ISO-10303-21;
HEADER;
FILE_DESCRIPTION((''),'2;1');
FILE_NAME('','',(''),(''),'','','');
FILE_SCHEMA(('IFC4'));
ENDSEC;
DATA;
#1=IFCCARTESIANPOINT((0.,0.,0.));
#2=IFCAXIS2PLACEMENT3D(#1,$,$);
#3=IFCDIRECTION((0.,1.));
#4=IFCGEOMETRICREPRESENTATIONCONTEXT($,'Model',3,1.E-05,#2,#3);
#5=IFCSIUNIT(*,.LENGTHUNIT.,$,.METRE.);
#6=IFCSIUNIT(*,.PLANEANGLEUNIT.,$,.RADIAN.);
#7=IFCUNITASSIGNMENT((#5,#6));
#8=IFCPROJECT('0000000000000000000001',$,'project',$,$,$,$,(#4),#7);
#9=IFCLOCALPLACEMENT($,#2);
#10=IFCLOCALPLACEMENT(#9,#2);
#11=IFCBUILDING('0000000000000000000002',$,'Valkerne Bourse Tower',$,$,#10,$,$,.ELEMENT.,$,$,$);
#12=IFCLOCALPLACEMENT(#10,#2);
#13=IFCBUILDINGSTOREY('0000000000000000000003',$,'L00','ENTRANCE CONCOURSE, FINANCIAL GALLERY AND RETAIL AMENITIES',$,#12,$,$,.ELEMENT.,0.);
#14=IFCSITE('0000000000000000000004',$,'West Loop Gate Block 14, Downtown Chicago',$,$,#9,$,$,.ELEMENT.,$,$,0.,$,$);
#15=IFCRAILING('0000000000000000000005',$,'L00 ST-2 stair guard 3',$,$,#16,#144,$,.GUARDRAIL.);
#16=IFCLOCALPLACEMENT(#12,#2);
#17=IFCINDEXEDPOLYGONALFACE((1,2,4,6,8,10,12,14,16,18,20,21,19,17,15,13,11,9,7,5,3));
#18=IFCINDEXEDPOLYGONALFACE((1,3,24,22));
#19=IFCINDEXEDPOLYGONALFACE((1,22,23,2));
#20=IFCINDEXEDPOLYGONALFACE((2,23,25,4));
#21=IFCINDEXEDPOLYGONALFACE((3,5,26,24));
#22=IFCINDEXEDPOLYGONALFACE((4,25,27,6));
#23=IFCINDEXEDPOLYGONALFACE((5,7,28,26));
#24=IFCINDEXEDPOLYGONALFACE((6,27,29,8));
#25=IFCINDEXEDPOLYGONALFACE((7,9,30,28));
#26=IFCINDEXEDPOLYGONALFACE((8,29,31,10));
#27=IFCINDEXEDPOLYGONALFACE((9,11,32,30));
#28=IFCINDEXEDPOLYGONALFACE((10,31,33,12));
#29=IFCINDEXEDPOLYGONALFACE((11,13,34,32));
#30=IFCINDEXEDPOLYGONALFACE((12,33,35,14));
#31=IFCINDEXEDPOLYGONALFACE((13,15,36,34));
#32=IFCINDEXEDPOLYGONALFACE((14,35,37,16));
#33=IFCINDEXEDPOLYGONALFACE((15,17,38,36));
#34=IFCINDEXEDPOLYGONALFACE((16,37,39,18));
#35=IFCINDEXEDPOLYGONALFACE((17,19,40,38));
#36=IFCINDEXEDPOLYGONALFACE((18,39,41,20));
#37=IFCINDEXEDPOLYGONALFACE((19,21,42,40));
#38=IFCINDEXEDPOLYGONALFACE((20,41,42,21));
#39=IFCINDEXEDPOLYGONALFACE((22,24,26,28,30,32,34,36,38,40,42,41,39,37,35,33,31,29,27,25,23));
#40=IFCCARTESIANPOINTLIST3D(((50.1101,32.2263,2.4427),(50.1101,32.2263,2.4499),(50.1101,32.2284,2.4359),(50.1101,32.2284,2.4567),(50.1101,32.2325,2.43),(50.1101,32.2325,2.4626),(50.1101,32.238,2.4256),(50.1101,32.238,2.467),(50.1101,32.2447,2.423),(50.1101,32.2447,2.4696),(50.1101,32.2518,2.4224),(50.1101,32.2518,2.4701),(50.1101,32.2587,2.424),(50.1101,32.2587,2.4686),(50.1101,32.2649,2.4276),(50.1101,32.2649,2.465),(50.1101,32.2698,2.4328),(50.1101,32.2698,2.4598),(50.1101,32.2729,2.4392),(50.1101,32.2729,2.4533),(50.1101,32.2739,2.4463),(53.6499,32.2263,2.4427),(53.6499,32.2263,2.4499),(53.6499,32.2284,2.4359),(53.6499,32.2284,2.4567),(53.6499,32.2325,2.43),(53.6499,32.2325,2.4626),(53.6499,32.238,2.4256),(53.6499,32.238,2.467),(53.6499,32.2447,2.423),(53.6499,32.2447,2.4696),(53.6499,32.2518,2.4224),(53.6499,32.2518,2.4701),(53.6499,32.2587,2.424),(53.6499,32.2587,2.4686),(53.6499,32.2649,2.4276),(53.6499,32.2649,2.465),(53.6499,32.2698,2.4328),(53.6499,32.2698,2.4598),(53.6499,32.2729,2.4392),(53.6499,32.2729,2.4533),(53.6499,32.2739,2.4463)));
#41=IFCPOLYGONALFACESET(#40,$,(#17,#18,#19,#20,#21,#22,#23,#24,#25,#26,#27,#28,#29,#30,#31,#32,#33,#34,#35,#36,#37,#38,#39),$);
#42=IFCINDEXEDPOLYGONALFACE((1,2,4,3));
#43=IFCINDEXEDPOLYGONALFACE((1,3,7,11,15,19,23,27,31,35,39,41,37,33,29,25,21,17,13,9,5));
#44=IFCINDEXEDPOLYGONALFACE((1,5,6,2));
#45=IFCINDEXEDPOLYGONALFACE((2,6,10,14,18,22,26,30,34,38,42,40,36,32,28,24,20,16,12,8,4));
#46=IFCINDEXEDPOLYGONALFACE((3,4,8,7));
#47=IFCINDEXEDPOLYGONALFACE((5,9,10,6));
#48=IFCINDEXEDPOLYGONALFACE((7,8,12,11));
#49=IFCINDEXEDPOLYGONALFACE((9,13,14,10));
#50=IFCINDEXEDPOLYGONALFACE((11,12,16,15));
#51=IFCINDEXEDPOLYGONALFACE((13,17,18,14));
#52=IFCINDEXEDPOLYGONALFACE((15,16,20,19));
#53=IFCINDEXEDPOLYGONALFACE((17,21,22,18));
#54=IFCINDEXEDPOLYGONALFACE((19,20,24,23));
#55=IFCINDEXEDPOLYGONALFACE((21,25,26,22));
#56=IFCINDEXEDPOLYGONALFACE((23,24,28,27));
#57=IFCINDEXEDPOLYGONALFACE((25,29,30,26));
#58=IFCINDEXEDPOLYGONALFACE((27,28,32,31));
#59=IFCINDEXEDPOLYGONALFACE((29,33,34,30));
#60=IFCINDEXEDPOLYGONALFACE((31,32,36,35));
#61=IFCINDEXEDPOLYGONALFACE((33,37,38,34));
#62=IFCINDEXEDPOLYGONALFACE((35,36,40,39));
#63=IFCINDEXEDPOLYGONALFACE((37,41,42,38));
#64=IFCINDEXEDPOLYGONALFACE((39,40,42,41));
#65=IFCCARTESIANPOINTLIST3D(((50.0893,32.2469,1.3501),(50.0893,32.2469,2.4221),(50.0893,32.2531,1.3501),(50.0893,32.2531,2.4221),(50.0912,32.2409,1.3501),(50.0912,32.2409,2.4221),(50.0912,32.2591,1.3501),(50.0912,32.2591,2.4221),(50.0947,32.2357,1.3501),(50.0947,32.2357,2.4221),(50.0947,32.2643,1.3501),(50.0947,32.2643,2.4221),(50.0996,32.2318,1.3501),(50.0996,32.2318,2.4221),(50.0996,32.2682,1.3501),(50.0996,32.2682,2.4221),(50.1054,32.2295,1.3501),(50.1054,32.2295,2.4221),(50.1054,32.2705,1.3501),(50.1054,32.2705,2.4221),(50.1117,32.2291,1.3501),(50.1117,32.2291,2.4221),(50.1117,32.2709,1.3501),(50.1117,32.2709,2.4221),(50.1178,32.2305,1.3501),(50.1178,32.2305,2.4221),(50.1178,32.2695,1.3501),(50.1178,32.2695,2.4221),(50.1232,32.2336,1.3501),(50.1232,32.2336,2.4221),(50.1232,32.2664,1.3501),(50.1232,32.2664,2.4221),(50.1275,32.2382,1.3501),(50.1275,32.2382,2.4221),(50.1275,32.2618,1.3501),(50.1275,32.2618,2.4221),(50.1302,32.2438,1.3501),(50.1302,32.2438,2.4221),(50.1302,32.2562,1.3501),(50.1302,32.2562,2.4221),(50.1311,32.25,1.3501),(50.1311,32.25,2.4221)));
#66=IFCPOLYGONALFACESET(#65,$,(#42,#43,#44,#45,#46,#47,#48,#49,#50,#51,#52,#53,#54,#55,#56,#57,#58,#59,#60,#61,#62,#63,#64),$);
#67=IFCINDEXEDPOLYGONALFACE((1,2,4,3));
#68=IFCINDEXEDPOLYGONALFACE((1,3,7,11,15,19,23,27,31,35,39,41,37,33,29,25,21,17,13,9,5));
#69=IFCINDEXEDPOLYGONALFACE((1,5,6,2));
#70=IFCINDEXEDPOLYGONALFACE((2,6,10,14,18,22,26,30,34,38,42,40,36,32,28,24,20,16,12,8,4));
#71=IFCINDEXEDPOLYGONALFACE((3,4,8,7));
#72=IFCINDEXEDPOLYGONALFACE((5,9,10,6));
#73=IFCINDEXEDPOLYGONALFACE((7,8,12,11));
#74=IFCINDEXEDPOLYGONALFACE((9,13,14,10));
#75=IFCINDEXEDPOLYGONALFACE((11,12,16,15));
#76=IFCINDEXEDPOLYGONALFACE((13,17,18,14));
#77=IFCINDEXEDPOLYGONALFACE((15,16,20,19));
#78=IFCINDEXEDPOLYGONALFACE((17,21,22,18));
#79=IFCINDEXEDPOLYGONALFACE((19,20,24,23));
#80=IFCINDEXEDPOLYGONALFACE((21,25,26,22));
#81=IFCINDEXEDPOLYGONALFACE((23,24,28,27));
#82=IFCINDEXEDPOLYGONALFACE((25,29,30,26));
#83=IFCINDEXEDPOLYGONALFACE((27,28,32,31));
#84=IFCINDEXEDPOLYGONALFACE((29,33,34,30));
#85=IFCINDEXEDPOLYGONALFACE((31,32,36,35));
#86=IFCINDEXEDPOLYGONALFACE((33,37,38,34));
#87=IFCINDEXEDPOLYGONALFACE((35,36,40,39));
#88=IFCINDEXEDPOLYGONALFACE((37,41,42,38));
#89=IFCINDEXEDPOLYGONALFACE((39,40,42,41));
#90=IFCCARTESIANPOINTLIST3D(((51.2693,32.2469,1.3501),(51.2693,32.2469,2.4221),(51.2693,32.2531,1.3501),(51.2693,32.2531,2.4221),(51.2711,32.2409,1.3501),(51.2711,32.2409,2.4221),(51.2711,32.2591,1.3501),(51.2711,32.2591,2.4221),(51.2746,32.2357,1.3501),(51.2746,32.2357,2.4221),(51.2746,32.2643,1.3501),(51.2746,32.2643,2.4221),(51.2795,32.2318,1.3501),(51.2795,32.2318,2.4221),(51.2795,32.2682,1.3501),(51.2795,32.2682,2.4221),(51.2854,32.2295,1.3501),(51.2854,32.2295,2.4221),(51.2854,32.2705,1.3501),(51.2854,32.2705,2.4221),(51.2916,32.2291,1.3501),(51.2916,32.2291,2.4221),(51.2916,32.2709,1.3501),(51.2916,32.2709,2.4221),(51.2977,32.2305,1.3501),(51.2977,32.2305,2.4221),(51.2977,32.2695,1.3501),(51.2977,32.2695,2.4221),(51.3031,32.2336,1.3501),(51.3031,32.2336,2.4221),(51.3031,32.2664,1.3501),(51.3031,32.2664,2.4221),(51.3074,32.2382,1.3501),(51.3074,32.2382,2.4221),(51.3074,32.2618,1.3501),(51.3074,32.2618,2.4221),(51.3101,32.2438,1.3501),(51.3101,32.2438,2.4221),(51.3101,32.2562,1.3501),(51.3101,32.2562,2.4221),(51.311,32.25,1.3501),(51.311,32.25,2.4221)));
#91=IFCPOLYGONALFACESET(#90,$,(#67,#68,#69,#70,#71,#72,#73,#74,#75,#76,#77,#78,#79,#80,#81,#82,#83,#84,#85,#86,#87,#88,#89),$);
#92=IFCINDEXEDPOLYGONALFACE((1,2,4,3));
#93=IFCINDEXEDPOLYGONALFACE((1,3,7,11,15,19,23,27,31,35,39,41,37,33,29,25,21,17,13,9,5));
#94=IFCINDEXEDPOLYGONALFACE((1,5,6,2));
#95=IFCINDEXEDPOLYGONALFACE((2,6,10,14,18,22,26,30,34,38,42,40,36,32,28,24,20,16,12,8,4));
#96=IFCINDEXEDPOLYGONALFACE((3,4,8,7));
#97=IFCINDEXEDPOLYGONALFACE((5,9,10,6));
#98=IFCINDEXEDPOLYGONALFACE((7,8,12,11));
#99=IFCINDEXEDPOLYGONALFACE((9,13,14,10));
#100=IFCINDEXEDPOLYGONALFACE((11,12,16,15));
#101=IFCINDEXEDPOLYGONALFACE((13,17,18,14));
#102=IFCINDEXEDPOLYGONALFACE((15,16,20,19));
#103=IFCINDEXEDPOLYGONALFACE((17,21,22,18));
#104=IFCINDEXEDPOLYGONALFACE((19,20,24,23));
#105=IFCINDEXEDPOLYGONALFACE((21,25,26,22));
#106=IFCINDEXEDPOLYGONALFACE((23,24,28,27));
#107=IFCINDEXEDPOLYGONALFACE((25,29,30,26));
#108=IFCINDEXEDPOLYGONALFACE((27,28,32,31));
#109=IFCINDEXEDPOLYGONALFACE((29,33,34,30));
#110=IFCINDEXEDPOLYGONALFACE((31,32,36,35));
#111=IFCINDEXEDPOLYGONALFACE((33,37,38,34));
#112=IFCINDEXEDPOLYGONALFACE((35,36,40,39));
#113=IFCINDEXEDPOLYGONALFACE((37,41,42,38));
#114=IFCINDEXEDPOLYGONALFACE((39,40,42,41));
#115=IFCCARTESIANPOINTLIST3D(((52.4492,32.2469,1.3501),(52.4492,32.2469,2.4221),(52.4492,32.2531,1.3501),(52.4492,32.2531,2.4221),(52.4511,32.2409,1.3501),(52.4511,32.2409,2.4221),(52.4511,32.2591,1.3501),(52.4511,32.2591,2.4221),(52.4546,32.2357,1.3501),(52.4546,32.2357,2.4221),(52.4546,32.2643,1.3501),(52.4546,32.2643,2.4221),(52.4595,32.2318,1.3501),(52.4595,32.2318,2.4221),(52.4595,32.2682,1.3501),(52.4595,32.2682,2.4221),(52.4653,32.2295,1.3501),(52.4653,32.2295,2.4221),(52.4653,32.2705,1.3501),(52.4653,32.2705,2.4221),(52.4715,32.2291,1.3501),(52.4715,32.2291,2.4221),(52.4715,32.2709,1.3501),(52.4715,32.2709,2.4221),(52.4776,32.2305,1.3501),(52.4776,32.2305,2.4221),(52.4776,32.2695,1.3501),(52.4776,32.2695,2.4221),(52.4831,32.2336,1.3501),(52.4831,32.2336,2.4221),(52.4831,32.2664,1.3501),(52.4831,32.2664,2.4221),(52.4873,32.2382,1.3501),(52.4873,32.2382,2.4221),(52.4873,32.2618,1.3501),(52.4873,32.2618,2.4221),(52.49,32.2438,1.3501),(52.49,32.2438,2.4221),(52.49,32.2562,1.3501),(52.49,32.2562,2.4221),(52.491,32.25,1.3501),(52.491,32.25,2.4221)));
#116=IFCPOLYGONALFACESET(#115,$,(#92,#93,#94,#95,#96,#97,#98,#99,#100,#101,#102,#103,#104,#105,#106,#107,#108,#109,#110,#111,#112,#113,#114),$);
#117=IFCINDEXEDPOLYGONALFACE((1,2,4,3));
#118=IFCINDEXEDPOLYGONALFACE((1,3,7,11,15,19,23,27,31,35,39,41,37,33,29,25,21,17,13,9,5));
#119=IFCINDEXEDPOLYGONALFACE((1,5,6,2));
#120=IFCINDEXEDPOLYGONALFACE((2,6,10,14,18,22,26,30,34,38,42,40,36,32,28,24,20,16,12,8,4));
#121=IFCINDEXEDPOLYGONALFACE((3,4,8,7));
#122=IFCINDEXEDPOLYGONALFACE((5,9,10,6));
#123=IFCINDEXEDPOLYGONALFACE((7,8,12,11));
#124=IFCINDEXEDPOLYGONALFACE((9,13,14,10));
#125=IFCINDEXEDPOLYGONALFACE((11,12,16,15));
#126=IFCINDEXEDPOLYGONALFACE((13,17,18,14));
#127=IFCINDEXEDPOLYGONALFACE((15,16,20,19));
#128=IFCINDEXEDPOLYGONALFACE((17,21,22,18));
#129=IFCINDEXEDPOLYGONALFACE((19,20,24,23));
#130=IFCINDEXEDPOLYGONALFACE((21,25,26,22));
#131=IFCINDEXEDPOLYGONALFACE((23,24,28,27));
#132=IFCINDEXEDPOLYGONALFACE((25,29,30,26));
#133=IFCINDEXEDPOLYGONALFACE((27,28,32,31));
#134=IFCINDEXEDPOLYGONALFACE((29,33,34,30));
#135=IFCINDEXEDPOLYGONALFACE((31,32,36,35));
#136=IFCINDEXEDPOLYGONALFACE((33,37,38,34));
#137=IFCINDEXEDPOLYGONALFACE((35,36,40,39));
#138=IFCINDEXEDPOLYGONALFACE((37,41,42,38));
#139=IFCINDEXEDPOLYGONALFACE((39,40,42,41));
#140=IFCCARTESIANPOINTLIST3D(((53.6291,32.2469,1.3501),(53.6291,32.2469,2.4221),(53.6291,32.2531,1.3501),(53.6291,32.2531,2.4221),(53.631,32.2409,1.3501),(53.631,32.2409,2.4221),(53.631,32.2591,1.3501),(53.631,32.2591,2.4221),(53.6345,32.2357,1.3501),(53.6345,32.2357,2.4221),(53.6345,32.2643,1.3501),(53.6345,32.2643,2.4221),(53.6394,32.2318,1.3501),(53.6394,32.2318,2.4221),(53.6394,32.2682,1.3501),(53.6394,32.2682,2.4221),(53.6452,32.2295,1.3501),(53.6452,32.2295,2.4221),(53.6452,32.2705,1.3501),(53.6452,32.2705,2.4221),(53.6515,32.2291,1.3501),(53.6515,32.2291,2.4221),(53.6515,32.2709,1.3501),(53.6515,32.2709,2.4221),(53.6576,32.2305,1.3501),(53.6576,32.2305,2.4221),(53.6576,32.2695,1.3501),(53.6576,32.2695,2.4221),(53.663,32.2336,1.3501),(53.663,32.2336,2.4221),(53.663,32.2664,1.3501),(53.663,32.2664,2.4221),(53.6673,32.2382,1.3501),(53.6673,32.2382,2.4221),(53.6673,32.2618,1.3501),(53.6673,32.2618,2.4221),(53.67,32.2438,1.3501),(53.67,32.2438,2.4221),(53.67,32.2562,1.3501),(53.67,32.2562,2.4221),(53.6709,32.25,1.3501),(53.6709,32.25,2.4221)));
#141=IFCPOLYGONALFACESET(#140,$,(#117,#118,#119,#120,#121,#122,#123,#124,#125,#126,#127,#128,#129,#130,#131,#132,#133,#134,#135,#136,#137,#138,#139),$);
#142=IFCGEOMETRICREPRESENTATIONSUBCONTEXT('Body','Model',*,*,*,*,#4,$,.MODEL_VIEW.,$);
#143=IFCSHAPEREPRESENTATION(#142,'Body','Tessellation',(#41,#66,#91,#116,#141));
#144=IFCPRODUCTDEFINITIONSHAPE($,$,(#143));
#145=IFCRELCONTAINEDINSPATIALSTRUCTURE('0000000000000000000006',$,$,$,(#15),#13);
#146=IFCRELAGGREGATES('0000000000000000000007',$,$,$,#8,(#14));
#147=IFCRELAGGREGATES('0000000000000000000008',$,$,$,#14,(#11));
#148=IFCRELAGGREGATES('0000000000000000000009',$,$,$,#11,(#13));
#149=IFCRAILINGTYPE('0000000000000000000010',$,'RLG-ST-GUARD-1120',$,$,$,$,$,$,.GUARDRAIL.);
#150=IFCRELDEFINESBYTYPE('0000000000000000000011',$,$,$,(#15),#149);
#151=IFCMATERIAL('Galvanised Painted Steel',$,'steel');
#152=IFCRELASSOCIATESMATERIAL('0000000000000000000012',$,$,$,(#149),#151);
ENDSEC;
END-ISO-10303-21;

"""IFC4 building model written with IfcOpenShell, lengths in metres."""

from ifc_helpers import new_model, si_unit, direction, frame, origin, origin_2d, place, context, subcontext, project, spatial, circle, extrude, material, type_object, element, save


model = new_model("IFC4")

# Units and contexts
model_context = context("Model", 3, precision=1e-05, world=origin(), true_north=direction((0.0, 1.0)))
body_context = subcontext(model_context, "Body", "Model", "MODEL_VIEW")
ifc_project = project(units=[si_unit("LENGTHUNIT", "METRE"), si_unit("PLANEANGLEUNIT", "RADIAN")], contexts=[model_context])

# Site, building, storey
site_placement = place(None, origin())
site = spatial("IfcSite", under=ifc_project, at=site_placement, Name="West Loop Gate Block 14, Downtown Chicago", CompositionType="ELEMENT", RefElevation=0.0)
building_placement = place(site_placement, origin())
building = spatial("IfcBuilding", under=site, at=building_placement, Name="Valkerne Bourse Tower", CompositionType="ELEMENT")
storey_placement = place(building_placement, origin())
storey = spatial("IfcBuildingStorey", under=building, at=storey_placement, Name="L00", Description="ENTRANCE CONCOURSE, FINANCIAL GALLERY AND RETAIL AMENITIES", CompositionType="ELEMENT", Elevation=0.0)

# Shared definitions
ifc_material_1 = material(Name="Galvanised Painted Steel", Category="steel")

# Railing
railing_type_1 = type_object("IfcRailingType", Name="RLG-ST-GUARD-1120", PredefinedType="GUARDRAIL", material=ifc_material_1)
railing_1_placement = place(storey_placement, frame((50.1101, 32.25, 1.3501)))
element("IfcRailing", 1, at=railing_1_placement, inside=storey, type_object=railing_type_1, Name="L00 ST-2 stair guard 3", PredefinedType="GUARDRAIL", context=body_context, shape_type="SweptSolid", body=[
    extrude(circle(Radius=0.0239, at=origin_2d()), frame((0.0, 0.0, 1.0962), z_axis=(1.0, 0.0, 0.0), x_axis=(0.0, 1.0, 0.0)), (0.0, 0.0, 1.0), 3.5398),
    extrude(circle(Radius=0.021, at=origin_2d()), origin(), (0.0, 0.0, 1.0), 1.072),
    extrude(circle(Radius=0.021, at=origin_2d()), frame((1.1799, 0.0, 0.0)), (0.0, 0.0, 1.0), 1.072),
    extrude(circle(Radius=0.021, at=origin_2d()), frame((2.3599, 0.0, 0.0)), (0.0, 0.0, 1.0), 1.072),
    extrude(circle(Radius=0.021, at=origin_2d()), frame((3.5398, 0.0, 0.0)), (0.0, 0.0, 1.0), 1.072),
])

save(model, "model.ifc")
